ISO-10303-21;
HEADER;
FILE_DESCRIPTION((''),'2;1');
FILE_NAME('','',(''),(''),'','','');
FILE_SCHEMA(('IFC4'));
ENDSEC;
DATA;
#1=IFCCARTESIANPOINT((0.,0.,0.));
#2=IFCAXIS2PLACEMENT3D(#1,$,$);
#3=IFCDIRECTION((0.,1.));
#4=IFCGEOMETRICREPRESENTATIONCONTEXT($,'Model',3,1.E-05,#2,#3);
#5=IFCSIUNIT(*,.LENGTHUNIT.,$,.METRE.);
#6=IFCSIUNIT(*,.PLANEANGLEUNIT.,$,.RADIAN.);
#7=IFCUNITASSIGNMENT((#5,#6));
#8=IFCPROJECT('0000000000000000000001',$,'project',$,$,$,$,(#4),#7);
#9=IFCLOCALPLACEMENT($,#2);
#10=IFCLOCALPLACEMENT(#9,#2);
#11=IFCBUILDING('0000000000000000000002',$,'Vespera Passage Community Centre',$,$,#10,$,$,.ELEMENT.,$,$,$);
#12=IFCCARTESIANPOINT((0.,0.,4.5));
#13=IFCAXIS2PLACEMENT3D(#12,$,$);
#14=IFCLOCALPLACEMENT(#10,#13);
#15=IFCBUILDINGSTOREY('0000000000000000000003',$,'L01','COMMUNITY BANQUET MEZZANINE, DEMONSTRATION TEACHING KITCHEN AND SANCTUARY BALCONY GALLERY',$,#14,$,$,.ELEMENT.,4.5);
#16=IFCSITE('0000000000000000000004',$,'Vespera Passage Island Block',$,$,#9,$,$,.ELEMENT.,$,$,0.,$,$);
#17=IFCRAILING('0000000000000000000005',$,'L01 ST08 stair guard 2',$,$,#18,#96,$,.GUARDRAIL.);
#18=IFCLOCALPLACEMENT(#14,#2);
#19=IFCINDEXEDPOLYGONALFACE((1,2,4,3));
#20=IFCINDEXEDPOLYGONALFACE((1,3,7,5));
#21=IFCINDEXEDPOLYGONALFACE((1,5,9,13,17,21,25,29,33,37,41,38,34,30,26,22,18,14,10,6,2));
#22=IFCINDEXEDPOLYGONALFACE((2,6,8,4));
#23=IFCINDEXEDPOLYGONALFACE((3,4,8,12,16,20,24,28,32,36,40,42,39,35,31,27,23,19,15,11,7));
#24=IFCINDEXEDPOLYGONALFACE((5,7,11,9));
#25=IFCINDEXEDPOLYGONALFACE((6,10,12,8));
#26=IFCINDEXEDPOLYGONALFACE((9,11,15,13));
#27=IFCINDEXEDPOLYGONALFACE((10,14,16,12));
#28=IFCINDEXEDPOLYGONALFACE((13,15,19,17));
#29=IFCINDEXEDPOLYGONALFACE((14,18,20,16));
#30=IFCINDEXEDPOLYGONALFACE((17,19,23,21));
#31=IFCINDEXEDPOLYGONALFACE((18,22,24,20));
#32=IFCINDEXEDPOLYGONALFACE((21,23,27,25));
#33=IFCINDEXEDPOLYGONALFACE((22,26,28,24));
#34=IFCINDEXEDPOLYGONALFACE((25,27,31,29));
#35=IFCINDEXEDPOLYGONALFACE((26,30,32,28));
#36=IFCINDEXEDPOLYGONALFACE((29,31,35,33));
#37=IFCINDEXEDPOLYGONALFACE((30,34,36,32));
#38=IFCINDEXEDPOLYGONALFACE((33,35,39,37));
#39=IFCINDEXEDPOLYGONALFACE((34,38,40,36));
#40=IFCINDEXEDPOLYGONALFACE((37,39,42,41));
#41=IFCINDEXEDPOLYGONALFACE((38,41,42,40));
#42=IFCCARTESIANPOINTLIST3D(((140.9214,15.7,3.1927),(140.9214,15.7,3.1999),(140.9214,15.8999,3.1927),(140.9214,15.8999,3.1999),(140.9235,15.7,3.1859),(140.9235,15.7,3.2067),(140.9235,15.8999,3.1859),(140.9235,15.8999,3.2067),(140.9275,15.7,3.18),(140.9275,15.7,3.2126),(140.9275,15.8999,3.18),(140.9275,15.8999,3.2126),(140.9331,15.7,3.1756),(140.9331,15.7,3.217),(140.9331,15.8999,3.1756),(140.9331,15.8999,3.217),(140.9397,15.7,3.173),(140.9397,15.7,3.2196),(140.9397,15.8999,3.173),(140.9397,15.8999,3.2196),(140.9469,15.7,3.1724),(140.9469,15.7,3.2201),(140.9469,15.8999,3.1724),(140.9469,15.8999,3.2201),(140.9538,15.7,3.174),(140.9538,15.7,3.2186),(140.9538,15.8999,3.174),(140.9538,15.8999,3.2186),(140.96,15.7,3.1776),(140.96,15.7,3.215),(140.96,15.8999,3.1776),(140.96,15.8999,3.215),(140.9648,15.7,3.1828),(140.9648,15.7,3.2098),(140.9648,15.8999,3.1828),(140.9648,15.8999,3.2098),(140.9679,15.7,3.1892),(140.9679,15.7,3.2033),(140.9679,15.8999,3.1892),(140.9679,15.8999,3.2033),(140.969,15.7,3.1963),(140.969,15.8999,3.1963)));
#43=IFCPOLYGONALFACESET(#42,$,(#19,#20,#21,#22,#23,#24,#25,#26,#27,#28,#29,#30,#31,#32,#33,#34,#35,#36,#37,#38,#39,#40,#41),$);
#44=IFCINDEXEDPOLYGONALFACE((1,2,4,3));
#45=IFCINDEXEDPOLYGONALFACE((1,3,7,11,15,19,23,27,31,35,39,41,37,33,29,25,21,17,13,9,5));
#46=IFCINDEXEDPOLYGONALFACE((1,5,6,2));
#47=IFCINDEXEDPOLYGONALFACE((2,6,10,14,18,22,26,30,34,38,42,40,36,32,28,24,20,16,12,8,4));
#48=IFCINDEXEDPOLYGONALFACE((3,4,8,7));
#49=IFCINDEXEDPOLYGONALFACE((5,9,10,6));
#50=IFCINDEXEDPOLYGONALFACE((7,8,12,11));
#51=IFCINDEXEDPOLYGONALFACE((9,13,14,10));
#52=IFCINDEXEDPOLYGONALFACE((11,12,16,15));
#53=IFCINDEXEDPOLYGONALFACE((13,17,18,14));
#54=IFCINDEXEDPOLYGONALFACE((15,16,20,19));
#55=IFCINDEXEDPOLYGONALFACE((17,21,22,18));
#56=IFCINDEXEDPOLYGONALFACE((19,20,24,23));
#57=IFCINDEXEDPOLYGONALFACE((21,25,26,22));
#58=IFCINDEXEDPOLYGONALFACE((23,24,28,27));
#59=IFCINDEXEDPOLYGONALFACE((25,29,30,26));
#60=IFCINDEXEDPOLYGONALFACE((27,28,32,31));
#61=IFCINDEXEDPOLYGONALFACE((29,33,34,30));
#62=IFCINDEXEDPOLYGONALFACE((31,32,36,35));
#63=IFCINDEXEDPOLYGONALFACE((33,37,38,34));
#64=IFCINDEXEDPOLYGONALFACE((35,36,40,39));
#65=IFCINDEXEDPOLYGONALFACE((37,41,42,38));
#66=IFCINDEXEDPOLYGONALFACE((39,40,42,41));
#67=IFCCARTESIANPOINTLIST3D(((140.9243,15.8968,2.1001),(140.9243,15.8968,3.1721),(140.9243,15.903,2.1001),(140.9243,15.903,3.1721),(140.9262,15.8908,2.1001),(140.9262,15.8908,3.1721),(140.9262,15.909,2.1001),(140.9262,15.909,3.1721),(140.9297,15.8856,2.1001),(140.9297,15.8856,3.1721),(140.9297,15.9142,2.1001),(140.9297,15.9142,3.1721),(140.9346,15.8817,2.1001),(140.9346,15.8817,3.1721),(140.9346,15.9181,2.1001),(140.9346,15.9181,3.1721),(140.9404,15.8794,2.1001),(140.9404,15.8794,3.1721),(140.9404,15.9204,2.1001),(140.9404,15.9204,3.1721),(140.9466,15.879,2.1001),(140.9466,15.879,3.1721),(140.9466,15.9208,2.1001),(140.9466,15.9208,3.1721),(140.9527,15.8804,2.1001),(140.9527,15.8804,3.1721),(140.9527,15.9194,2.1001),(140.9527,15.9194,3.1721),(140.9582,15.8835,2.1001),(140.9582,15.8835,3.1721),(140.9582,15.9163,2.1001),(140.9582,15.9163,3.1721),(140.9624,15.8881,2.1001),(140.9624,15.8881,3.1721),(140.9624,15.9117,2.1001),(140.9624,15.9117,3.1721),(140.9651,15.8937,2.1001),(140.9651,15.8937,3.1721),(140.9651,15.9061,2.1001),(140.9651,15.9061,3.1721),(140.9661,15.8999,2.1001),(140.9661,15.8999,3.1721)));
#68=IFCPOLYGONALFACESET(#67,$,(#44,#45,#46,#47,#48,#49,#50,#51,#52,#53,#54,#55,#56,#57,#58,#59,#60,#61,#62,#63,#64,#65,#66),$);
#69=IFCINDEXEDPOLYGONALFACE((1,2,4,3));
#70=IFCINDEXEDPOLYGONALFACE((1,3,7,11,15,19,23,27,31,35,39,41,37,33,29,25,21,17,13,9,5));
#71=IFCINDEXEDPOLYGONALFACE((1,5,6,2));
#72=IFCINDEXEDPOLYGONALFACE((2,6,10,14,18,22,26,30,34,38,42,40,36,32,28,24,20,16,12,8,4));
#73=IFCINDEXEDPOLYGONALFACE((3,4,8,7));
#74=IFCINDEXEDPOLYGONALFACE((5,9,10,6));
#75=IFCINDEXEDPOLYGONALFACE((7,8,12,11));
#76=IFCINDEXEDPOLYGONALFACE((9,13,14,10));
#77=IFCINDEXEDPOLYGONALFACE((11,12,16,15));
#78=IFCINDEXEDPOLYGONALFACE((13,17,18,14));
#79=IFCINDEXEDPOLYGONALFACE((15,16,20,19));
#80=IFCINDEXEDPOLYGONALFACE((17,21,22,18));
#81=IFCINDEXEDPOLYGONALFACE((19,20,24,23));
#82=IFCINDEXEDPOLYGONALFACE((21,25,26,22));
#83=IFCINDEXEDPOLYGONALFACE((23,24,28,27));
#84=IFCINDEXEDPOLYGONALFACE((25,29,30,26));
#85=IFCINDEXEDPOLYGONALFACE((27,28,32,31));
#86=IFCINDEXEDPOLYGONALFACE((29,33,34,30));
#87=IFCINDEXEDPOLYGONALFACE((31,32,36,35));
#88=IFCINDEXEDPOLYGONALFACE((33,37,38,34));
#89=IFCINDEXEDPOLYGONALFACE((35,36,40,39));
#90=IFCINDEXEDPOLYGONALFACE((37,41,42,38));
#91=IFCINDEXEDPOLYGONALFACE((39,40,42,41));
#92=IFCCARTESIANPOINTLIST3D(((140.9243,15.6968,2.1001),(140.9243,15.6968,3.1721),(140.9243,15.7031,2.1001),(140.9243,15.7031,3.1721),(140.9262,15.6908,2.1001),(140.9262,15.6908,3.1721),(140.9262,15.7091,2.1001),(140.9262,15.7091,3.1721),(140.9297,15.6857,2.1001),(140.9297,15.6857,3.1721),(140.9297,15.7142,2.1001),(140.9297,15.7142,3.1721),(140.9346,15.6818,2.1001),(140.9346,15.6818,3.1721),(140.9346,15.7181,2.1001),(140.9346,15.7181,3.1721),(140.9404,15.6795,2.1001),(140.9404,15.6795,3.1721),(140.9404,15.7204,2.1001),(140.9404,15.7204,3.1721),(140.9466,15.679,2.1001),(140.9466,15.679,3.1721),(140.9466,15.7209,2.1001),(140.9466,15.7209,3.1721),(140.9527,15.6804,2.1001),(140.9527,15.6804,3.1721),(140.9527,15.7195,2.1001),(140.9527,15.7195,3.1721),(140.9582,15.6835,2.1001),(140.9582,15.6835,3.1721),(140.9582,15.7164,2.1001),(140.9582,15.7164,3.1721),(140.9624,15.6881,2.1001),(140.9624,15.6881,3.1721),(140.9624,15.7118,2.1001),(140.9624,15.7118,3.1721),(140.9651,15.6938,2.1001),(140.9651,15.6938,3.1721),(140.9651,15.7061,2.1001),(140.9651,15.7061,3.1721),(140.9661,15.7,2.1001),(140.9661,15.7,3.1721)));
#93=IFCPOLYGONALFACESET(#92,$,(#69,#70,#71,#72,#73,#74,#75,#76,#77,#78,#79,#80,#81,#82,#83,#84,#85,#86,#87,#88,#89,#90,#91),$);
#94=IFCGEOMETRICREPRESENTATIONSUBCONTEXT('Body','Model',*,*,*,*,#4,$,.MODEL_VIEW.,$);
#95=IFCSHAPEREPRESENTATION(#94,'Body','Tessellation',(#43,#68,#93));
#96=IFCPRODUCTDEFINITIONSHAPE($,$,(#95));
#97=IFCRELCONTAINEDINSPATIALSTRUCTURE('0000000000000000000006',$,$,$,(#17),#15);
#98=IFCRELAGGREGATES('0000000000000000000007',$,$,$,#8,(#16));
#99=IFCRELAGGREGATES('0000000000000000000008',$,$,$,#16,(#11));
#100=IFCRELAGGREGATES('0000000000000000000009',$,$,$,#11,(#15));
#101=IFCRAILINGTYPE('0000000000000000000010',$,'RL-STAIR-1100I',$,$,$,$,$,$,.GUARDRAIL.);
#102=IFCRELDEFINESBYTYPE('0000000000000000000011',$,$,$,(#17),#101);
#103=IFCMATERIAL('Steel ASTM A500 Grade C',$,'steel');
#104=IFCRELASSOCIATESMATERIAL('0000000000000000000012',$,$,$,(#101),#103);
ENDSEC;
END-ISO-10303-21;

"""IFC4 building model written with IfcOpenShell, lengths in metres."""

from ifc_helpers import new_model, si_unit, direction, frame, origin, origin_2d, place, context, subcontext, project, spatial, circle, extrude, material, type_object, element, save


model = new_model("IFC4")

# Units and contexts
model_context = context("Model", 3, precision=1e-05, world=origin(), true_north=direction((0.0, 1.0)))
body_context = subcontext(model_context, "Body", "Model", "MODEL_VIEW")
ifc_project = project(units=[si_unit("LENGTHUNIT", "METRE"), si_unit("PLANEANGLEUNIT", "RADIAN")], contexts=[model_context])

# Site, building, storey
site_placement = place(None, origin())
site = spatial("IfcSite", under=ifc_project, at=site_placement, Name="Vespera Passage Island Block", CompositionType="ELEMENT", RefElevation=0.0)
building_placement = place(site_placement, origin())
building = spatial("IfcBuilding", under=site, at=building_placement, Name="Vespera Passage Community Centre", CompositionType="ELEMENT")
storey_placement = place(building_placement, frame((0.0, 0.0, 4.5)))
storey = spatial("IfcBuildingStorey", under=building, at=storey_placement, Name="L01", Description="COMMUNITY BANQUET MEZZANINE, DEMONSTRATION TEACHING KITCHEN AND SANCTUARY BALCONY GALLERY", CompositionType="ELEMENT", Elevation=4.5)

# Railing
ifc_material_1 = material(Name="Steel ASTM A500 Grade C", Category="steel")
railing_type_1 = type_object("IfcRailingType", Name="RL-STAIR-1100I", PredefinedType="GUARDRAIL", material=ifc_material_1)
railing_1_placement = place(storey_placement, frame((140.9451, 15.8999, 2.1001)))
element("IfcRailing", 1, at=railing_1_placement, inside=storey, type_object=railing_type_1, Name="L01 ST08 stair guard 2", PredefinedType="GUARDRAIL", context=body_context, shape_type="SweptSolid", body=[
    extrude(circle(Radius=0.0239, at=origin_2d()), frame((0.0, 0.0, 1.0962), z_axis=(0.0, -1.0, 0.0), x_axis=(1.0, 0.0, 0.0)), (0.0, 0.0, 1.0), 0.2),
    extrude(circle(Radius=0.021, at=origin_2d()), origin(), (0.0, 0.0, 1.0), 1.072),
    extrude(circle(Radius=0.021, at=origin_2d()), frame((0.0, -0.2, 0.0)), (0.0, 0.0, 1.0), 1.072),
])

save(model, "model.ifc")
